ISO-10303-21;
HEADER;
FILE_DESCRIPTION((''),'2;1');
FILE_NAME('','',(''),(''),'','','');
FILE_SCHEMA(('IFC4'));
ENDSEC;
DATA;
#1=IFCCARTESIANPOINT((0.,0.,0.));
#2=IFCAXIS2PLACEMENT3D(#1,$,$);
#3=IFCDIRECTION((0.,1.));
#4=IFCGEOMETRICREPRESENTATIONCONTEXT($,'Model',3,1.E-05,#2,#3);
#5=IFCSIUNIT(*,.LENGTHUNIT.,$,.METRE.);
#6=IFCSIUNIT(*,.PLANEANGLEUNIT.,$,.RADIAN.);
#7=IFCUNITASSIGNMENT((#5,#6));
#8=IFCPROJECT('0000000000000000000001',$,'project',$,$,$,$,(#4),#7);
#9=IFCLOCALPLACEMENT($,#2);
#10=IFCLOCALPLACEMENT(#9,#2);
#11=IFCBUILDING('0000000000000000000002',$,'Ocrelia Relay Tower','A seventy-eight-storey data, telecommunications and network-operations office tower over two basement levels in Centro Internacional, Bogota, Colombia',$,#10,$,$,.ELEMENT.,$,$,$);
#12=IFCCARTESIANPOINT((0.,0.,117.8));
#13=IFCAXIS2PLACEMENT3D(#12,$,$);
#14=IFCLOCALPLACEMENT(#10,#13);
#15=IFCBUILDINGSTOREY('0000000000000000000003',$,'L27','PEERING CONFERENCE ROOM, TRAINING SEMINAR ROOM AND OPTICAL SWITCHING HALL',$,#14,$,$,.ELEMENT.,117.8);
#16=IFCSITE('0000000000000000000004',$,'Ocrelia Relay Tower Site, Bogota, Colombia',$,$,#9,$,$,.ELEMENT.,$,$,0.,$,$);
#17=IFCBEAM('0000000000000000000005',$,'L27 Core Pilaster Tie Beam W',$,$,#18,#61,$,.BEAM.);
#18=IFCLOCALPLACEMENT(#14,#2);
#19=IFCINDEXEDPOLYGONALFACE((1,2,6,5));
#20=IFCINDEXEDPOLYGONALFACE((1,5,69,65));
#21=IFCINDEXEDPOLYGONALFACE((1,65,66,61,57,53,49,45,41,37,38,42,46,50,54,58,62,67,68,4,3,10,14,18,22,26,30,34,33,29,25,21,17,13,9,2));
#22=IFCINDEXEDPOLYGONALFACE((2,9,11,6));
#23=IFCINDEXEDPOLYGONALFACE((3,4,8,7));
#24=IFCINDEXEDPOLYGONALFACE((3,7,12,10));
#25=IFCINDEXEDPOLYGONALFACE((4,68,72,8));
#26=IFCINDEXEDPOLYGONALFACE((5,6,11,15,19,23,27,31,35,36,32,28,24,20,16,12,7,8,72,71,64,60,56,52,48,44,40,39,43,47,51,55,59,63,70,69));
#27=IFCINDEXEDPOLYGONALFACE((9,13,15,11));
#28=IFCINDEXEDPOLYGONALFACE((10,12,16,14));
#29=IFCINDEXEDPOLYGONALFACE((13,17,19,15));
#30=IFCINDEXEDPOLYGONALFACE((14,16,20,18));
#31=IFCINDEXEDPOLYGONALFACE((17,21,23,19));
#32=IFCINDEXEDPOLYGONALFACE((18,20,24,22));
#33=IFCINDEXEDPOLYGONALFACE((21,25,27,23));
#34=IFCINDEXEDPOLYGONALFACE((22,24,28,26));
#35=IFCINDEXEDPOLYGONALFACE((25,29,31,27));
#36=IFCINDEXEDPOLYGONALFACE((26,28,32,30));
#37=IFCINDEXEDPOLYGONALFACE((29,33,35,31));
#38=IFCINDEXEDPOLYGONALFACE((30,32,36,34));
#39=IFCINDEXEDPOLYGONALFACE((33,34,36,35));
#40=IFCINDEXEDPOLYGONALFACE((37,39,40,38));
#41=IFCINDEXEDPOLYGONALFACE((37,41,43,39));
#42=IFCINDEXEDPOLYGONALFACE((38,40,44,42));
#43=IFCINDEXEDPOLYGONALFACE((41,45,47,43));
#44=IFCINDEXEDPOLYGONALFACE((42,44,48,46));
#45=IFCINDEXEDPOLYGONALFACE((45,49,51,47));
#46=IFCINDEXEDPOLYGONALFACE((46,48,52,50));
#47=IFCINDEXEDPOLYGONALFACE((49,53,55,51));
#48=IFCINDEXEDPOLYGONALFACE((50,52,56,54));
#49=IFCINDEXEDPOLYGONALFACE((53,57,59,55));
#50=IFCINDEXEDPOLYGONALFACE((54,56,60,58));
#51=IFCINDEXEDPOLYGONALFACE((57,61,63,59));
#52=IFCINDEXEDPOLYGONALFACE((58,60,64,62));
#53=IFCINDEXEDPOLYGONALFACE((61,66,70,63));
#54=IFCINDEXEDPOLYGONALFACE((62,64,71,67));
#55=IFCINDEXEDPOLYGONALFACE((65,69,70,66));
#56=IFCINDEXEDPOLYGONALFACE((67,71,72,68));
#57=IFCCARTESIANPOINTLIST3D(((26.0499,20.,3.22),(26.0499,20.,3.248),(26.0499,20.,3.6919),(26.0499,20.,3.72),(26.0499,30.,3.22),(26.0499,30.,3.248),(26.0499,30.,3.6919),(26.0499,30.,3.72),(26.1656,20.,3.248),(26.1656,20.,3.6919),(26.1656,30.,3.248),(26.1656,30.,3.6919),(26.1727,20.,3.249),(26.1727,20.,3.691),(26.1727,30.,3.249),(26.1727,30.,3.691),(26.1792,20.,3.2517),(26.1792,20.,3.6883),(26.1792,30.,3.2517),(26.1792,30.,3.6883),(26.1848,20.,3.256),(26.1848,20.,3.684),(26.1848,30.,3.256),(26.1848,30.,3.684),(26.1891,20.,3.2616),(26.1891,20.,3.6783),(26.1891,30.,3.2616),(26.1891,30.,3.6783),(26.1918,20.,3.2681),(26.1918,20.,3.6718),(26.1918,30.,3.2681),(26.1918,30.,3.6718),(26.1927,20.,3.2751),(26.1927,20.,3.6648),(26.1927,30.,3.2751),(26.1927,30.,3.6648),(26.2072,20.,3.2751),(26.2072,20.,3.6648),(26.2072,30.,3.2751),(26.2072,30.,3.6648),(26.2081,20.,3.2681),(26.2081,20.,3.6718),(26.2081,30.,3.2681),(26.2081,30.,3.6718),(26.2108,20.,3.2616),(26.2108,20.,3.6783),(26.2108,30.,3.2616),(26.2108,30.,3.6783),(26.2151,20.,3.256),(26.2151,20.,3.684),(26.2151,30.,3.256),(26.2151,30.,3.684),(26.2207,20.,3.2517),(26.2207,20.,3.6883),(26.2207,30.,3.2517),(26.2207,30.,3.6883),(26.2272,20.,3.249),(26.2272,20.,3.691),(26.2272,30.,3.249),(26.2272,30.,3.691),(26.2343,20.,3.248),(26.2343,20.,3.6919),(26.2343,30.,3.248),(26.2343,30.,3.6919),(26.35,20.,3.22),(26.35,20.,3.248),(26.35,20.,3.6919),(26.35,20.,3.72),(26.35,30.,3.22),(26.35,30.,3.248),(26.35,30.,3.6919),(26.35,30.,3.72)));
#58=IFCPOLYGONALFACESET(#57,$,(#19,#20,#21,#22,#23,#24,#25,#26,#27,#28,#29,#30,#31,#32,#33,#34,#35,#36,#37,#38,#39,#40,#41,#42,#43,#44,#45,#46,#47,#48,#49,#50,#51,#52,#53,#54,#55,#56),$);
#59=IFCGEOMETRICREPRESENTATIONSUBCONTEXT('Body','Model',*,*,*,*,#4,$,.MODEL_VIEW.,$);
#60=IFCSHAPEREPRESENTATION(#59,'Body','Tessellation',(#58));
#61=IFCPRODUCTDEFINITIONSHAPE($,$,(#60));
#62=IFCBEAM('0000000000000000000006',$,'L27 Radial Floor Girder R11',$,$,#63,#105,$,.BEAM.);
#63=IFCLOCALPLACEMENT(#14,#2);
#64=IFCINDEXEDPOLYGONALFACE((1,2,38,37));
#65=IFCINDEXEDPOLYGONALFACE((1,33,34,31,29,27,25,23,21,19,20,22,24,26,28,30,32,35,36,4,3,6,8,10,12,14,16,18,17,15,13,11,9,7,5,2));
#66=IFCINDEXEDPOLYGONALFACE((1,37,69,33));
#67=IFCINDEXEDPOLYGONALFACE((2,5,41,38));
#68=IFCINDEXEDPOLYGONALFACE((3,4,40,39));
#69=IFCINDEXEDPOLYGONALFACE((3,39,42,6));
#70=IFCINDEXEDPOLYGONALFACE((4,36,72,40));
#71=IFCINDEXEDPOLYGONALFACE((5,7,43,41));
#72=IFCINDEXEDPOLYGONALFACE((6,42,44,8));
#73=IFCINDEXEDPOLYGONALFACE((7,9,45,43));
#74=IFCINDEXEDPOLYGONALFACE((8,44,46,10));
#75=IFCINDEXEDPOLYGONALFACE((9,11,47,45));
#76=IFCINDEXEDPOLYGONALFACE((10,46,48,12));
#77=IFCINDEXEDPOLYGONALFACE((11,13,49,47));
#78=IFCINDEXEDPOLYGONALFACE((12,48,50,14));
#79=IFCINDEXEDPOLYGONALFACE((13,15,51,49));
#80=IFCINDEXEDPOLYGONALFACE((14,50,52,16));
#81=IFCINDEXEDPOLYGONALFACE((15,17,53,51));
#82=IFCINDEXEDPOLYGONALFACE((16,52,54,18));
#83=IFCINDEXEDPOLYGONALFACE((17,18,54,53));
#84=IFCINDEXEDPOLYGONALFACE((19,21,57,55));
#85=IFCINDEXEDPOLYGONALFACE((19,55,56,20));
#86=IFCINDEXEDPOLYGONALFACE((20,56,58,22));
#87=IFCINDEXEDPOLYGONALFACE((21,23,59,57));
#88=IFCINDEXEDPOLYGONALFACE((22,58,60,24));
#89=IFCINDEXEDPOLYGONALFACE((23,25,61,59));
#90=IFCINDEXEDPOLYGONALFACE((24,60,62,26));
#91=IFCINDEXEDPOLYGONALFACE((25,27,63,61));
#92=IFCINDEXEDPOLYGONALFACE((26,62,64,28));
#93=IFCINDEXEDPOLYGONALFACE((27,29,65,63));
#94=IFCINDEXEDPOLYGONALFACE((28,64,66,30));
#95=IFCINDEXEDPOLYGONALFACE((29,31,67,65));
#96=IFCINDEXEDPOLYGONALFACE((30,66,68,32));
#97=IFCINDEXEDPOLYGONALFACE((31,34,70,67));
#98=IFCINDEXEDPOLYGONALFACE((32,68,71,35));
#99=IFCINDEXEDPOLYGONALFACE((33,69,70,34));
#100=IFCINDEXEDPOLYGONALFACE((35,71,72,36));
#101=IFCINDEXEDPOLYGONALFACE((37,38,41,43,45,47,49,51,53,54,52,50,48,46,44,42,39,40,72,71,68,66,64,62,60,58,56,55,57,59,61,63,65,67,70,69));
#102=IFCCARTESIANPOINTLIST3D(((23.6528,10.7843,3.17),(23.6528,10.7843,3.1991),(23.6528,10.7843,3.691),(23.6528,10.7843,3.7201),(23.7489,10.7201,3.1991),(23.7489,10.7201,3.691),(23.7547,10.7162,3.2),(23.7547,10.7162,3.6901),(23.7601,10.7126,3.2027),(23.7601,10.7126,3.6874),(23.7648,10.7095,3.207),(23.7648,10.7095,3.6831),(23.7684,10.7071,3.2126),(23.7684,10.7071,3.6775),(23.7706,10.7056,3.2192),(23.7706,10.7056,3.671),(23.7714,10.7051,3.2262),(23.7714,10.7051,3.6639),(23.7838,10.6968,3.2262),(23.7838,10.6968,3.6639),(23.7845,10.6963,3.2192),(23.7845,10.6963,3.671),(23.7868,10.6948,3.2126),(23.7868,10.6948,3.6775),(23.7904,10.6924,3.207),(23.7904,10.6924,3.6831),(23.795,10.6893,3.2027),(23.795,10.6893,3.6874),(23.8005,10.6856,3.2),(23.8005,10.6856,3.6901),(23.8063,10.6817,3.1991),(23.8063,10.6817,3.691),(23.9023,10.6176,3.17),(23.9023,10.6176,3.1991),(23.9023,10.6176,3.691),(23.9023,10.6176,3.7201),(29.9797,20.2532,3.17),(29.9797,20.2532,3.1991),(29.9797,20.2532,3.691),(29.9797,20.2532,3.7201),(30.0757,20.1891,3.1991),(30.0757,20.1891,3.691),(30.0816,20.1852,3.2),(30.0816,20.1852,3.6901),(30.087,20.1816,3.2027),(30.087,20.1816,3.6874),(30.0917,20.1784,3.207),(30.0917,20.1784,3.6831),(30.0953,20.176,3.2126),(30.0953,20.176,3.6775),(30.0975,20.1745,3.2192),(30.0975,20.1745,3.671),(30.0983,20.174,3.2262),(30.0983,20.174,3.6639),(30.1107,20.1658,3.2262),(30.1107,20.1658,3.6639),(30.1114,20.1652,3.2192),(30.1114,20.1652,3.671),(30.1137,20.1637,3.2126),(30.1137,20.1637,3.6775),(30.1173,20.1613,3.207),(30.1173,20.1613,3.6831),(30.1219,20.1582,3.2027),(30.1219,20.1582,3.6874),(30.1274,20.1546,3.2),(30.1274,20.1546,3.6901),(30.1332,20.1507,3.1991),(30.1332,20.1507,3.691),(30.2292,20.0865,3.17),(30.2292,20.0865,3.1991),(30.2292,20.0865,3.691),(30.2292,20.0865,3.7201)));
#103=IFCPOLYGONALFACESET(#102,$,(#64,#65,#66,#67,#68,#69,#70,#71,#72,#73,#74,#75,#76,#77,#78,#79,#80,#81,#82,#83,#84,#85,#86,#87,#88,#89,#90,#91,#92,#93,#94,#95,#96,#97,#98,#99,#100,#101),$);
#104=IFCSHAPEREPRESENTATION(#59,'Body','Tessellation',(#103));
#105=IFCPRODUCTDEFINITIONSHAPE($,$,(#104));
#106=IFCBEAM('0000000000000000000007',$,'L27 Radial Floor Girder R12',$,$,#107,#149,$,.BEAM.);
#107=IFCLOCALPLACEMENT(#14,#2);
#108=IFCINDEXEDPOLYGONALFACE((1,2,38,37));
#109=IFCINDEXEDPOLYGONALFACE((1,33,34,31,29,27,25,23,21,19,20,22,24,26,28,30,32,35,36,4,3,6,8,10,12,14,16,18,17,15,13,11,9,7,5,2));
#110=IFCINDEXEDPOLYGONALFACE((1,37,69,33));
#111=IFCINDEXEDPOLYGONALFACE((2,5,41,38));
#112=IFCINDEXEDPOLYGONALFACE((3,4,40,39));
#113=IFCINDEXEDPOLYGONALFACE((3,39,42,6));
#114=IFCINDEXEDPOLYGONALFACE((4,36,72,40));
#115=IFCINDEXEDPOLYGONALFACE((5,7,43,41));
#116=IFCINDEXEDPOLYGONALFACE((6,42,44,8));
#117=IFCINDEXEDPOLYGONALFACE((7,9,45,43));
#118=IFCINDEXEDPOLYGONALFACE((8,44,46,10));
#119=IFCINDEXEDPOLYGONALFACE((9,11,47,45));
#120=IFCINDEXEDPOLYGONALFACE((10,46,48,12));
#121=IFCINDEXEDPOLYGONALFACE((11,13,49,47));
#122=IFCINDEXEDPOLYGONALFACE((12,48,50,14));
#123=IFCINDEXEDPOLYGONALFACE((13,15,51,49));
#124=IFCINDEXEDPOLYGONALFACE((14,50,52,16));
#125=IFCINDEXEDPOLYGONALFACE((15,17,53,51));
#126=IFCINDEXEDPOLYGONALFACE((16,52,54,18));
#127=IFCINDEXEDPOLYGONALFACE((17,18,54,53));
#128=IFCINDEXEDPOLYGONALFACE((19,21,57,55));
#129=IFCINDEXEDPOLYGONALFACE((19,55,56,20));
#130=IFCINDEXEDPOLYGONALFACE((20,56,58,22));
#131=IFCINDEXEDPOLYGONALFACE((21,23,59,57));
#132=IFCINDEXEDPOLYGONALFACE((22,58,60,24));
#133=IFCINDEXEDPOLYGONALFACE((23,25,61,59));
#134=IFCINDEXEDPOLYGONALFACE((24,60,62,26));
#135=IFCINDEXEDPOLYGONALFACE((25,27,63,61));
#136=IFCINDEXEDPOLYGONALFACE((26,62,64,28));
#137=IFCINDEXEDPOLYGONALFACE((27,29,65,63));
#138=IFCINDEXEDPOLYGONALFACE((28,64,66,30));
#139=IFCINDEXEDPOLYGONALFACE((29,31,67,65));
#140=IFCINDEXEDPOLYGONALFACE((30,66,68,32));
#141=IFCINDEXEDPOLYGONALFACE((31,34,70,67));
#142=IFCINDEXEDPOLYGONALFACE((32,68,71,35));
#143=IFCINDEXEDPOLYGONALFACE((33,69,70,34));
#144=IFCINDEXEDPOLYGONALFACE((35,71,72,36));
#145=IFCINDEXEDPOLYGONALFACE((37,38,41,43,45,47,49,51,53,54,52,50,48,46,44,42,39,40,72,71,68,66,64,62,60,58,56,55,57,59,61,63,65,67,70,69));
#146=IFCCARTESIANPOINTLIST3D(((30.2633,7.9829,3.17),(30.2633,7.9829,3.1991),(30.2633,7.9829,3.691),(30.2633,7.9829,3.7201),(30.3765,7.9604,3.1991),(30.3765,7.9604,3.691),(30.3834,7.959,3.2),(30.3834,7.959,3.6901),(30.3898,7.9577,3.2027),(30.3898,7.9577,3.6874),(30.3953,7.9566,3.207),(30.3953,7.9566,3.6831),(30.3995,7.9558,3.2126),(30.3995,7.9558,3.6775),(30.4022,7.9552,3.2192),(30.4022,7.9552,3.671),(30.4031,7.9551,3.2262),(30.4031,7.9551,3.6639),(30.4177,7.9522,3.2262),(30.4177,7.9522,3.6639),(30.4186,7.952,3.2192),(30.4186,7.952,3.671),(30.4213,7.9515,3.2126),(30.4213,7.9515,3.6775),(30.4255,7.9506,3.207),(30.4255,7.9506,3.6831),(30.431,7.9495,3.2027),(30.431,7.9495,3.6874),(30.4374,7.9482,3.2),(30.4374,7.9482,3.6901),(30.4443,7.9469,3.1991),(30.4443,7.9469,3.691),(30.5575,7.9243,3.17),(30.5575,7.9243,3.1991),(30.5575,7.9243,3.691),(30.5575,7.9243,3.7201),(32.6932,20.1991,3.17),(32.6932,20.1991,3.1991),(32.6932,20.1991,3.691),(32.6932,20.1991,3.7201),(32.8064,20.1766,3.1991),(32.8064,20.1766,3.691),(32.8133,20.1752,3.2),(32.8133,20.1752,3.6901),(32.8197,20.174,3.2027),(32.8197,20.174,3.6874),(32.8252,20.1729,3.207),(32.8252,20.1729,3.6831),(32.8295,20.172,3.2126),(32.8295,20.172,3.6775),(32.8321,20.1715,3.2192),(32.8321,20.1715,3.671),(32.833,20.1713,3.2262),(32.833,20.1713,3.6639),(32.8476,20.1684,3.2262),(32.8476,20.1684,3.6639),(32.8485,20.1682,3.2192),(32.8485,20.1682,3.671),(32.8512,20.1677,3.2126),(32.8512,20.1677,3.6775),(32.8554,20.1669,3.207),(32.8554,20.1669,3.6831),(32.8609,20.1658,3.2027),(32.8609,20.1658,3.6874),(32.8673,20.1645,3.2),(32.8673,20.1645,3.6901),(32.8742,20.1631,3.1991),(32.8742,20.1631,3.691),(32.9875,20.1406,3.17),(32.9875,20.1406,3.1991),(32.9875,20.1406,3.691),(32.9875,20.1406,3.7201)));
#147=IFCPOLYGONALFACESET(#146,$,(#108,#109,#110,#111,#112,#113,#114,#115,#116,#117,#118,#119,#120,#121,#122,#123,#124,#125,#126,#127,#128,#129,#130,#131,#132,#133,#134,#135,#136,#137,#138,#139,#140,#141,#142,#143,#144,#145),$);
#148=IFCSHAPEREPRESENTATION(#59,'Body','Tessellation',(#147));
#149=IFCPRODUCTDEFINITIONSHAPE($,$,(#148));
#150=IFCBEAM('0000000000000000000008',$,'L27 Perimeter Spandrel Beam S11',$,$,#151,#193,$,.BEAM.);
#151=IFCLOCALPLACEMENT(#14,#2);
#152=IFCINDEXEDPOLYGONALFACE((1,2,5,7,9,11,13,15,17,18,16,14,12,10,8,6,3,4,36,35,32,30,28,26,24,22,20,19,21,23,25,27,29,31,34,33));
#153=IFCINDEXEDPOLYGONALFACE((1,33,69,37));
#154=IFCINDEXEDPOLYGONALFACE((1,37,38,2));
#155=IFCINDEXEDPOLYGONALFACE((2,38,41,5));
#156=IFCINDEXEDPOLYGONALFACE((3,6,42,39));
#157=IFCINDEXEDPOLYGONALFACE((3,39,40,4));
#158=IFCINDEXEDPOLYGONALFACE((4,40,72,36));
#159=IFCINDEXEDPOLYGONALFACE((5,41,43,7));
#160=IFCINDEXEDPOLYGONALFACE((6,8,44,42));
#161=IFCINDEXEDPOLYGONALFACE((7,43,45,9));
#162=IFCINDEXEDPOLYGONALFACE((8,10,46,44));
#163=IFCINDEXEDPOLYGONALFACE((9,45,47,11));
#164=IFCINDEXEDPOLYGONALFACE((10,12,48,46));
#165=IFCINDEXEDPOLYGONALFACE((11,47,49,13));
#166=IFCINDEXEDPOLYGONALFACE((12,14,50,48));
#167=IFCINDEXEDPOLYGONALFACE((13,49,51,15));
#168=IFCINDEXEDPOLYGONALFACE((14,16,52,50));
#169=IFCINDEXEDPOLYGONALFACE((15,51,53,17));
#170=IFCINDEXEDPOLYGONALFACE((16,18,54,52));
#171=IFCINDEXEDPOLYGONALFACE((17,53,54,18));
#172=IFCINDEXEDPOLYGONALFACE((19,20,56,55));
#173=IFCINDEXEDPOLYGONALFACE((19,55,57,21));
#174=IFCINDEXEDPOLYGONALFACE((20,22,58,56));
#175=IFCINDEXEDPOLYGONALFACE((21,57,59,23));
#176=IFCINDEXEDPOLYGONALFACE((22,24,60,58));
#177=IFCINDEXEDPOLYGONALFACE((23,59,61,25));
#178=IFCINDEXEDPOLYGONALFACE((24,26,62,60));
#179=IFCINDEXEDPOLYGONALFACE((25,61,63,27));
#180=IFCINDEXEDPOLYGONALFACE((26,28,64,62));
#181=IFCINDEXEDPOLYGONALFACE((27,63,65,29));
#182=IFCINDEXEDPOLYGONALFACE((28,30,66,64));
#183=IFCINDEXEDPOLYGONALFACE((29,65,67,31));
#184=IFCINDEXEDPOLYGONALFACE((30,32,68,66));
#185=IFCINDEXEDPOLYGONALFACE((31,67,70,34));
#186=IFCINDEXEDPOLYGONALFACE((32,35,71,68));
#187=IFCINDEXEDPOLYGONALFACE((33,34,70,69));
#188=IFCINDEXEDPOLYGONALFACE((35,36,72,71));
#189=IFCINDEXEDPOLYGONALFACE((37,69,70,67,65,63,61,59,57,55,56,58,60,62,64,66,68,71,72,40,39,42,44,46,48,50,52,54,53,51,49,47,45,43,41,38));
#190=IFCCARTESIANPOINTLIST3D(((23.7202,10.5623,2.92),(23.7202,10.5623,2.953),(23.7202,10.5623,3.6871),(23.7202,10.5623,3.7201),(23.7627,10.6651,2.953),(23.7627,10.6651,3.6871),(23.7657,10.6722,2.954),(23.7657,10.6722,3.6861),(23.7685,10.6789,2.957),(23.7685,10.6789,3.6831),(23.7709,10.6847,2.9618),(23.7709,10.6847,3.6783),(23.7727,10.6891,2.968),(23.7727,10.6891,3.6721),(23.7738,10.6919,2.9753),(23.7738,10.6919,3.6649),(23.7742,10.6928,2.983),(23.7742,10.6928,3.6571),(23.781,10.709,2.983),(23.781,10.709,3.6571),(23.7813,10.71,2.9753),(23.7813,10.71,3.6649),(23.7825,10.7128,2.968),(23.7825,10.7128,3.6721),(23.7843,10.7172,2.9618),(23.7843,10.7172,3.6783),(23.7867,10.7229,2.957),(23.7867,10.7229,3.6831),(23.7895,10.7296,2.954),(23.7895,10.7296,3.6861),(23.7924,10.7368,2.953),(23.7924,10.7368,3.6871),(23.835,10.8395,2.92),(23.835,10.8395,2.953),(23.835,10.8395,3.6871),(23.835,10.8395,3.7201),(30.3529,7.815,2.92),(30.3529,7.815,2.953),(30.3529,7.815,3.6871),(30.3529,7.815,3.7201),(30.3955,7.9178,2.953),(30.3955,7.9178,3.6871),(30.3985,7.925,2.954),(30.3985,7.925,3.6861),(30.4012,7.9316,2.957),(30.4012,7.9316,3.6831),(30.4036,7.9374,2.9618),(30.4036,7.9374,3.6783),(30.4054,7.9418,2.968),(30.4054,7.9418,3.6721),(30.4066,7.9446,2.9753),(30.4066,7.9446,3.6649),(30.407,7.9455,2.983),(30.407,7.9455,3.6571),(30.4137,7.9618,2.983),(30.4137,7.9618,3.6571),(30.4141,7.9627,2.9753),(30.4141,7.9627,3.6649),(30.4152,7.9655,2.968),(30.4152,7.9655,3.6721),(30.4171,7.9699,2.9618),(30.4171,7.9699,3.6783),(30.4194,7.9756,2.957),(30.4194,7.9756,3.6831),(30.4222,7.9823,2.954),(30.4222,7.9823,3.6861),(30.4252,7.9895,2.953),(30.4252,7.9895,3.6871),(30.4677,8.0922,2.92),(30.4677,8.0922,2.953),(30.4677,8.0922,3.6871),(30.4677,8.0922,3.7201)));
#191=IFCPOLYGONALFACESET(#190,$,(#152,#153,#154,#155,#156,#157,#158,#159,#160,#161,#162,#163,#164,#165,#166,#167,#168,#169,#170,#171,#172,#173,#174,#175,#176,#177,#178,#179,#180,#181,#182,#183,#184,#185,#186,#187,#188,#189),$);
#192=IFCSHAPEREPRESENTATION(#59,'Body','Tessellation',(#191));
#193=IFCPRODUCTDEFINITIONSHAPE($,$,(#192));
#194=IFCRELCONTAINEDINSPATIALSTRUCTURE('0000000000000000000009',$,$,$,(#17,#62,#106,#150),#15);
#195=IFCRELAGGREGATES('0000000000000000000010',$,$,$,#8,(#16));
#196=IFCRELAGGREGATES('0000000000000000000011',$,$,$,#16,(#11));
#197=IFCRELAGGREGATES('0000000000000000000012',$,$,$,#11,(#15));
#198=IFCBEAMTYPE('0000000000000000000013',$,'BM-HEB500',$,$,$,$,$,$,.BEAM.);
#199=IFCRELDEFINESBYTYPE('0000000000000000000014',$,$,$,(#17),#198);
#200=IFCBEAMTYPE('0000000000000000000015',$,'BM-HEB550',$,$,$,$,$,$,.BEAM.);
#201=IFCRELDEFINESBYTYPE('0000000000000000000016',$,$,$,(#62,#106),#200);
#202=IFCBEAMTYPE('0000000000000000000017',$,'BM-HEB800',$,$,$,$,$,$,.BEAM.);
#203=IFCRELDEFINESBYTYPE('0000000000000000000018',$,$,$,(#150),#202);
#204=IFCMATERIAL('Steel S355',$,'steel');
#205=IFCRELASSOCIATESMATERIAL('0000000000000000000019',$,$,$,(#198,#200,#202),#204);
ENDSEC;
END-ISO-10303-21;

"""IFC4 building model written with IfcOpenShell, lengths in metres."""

from ifc_helpers import new_model, si_unit, direction, frame, origin, origin_2d, place, context, subcontext, project, spatial, i_section, extrude, material, material_profile, profile_set, type_object, element, save


model = new_model("IFC4")

# Units and contexts
model_context = context("Model", 3, precision=1e-05, world=origin(), true_north=direction((0.0, 1.0)))
body_context = subcontext(model_context, "Body", "Model", "MODEL_VIEW")
ifc_project = project(units=[si_unit("LENGTHUNIT", "METRE"), si_unit("PLANEANGLEUNIT", "RADIAN")], contexts=[model_context])

# Site, building, storey
site_placement = place(None, origin())
site = spatial("IfcSite", under=ifc_project, at=site_placement, Name="Ocrelia Relay Tower Site, Bogota, Colombia", CompositionType="ELEMENT", RefElevation=0.0)
building_placement = place(site_placement, origin())
building = spatial("IfcBuilding", under=site, at=building_placement, Name="Ocrelia Relay Tower", Description="A seventy-eight-storey data, telecommunications and network-operations office tower over two basement levels in Centro Internacional, Bogota, Colombia", CompositionType="ELEMENT")
storey_placement = place(building_placement, frame((0.0, 0.0, 117.8)))
storey = spatial("IfcBuildingStorey", under=building, at=storey_placement, Name="L27", Description="PEERING CONFERENCE ROOM, TRAINING SEMINAR ROOM AND OPTICAL SWITCHING HALL", CompositionType="ELEMENT", Elevation=117.8)

# Beams
ifc_material_1 = material(Name="Steel S355", Category="steel")
ifc_material_profile_1 = material_profile(ifc_material_1, i_section(OverallWidth=0.3, OverallDepth=0.5, WebThickness=0.0144, FlangeThickness=0.0281, FilletRadius=0.0271, at=origin_2d()), Name="HEB 500")
ifc_profile_set_1 = profile_set([ifc_material_profile_1], Name="Steel S355")
beam_type_1 = type_object("IfcBeamType", Name="BM-HEB500", PredefinedType="BEAM", material=ifc_profile_set_1)
beam_1_placement = place(storey_placement, frame((26.2, 20.0, 3.47), z_axis=(0.0, 1.0, 0.0), x_axis=(-1.0, 0.0, 0.0)))
element("IfcBeam", 1, at=beam_1_placement, inside=storey, type_object=beam_type_1, Name="L27 Core Pilaster Tie Beam W", PredefinedType="BEAM", context=body_context, shape_type="SweptSolid", body=[
    extrude(i_section(OverallWidth=0.3, OverallDepth=0.5, WebThickness=0.0144, FlangeThickness=0.0281, FilletRadius=0.0271, at=origin_2d()), origin(), (0.0, 0.0, 1.0), 10.0),
])
ifc_material_profile_2 = material_profile(ifc_material_1, i_section(OverallWidth=0.3, OverallDepth=0.55, WebThickness=0.0149, FlangeThickness=0.0291, FilletRadius=0.0271, at=origin_2d()), Name="HEB 550")
ifc_profile_set_2 = profile_set([ifc_material_profile_2], Name="Steel S355")
beam_type_2 = type_object("IfcBeamType", Name="BM-HEB550", PredefinedType="BEAM", material=ifc_profile_set_2)
beam_2_placement = place(storey_placement, frame((23.7776, 10.7009, 3.4451), z_axis=(0.555566, 0.831473, 0.0), x_axis=(-0.831473, 0.555566, 0.0)))
element("IfcBeam", 2, at=beam_2_placement, inside=storey, type_object=beam_type_2, Name="L27 Radial Floor Girder R11", PredefinedType="BEAM", context=body_context, shape_type="SweptSolid", body=[
    extrude(i_section(OverallWidth=0.3, OverallDepth=0.55, WebThickness=0.0149, FlangeThickness=0.0291, FilletRadius=0.0271, at=origin_2d()), origin(), (0.0, 0.0, 1.0), 11.3882),
])
beam_3_placement = place(storey_placement, frame((30.4104, 7.9536, 3.4451), z_axis=(0.195087, 0.980786, 0.0), x_axis=(-0.980786, 0.195087, 0.0)))
element("IfcBeam", 3, at=beam_3_placement, inside=storey, type_object=beam_type_2, Name="L27 Radial Floor Girder R12", PredefinedType="BEAM", context=body_context, shape_type="SweptSolid", body=[
    extrude(i_section(OverallWidth=0.3, OverallDepth=0.55, WebThickness=0.0149, FlangeThickness=0.0291, FilletRadius=0.0271, at=origin_2d()), origin(), (0.0, 0.0, 1.0), 12.4556),
])
ifc_material_profile_3 = material_profile(ifc_material_1, i_section(OverallWidth=0.3, OverallDepth=0.8, WebThickness=0.0176, FlangeThickness=0.033, FilletRadius=0.03, at=origin_2d()), Name="HEB 800")
ifc_profile_set_3 = profile_set([ifc_material_profile_3], Name="Steel S355")
beam_type_3 = type_object("IfcBeamType", Name="BM-HEB800", PredefinedType="BEAM", material=ifc_profile_set_3)
for number, where, z_axis, x_axis, name in (
    (4, (23.7776, 10.7009, 3.3201), (0.923884, -0.382673, 0.0), (0.382673, 0.923884, 0.0), "L27 Perimeter Spandrel Beam S11"),
):
    element("IfcBeam", number, at=place(storey_placement, frame(where, z_axis=z_axis, x_axis=x_axis)), inside=storey, type_object=beam_type_3, Name=name, PredefinedType="BEAM", context=body_context, shape_type="SweptSolid", body=[
        extrude(i_section(OverallWidth=0.3, OverallDepth=0.8, WebThickness=0.0176, FlangeThickness=0.033, FilletRadius=0.03, at=origin_2d()), origin(), (0.0, 0.0, 1.0), 7.1792),
    ])

save(model, "model.ifc")
